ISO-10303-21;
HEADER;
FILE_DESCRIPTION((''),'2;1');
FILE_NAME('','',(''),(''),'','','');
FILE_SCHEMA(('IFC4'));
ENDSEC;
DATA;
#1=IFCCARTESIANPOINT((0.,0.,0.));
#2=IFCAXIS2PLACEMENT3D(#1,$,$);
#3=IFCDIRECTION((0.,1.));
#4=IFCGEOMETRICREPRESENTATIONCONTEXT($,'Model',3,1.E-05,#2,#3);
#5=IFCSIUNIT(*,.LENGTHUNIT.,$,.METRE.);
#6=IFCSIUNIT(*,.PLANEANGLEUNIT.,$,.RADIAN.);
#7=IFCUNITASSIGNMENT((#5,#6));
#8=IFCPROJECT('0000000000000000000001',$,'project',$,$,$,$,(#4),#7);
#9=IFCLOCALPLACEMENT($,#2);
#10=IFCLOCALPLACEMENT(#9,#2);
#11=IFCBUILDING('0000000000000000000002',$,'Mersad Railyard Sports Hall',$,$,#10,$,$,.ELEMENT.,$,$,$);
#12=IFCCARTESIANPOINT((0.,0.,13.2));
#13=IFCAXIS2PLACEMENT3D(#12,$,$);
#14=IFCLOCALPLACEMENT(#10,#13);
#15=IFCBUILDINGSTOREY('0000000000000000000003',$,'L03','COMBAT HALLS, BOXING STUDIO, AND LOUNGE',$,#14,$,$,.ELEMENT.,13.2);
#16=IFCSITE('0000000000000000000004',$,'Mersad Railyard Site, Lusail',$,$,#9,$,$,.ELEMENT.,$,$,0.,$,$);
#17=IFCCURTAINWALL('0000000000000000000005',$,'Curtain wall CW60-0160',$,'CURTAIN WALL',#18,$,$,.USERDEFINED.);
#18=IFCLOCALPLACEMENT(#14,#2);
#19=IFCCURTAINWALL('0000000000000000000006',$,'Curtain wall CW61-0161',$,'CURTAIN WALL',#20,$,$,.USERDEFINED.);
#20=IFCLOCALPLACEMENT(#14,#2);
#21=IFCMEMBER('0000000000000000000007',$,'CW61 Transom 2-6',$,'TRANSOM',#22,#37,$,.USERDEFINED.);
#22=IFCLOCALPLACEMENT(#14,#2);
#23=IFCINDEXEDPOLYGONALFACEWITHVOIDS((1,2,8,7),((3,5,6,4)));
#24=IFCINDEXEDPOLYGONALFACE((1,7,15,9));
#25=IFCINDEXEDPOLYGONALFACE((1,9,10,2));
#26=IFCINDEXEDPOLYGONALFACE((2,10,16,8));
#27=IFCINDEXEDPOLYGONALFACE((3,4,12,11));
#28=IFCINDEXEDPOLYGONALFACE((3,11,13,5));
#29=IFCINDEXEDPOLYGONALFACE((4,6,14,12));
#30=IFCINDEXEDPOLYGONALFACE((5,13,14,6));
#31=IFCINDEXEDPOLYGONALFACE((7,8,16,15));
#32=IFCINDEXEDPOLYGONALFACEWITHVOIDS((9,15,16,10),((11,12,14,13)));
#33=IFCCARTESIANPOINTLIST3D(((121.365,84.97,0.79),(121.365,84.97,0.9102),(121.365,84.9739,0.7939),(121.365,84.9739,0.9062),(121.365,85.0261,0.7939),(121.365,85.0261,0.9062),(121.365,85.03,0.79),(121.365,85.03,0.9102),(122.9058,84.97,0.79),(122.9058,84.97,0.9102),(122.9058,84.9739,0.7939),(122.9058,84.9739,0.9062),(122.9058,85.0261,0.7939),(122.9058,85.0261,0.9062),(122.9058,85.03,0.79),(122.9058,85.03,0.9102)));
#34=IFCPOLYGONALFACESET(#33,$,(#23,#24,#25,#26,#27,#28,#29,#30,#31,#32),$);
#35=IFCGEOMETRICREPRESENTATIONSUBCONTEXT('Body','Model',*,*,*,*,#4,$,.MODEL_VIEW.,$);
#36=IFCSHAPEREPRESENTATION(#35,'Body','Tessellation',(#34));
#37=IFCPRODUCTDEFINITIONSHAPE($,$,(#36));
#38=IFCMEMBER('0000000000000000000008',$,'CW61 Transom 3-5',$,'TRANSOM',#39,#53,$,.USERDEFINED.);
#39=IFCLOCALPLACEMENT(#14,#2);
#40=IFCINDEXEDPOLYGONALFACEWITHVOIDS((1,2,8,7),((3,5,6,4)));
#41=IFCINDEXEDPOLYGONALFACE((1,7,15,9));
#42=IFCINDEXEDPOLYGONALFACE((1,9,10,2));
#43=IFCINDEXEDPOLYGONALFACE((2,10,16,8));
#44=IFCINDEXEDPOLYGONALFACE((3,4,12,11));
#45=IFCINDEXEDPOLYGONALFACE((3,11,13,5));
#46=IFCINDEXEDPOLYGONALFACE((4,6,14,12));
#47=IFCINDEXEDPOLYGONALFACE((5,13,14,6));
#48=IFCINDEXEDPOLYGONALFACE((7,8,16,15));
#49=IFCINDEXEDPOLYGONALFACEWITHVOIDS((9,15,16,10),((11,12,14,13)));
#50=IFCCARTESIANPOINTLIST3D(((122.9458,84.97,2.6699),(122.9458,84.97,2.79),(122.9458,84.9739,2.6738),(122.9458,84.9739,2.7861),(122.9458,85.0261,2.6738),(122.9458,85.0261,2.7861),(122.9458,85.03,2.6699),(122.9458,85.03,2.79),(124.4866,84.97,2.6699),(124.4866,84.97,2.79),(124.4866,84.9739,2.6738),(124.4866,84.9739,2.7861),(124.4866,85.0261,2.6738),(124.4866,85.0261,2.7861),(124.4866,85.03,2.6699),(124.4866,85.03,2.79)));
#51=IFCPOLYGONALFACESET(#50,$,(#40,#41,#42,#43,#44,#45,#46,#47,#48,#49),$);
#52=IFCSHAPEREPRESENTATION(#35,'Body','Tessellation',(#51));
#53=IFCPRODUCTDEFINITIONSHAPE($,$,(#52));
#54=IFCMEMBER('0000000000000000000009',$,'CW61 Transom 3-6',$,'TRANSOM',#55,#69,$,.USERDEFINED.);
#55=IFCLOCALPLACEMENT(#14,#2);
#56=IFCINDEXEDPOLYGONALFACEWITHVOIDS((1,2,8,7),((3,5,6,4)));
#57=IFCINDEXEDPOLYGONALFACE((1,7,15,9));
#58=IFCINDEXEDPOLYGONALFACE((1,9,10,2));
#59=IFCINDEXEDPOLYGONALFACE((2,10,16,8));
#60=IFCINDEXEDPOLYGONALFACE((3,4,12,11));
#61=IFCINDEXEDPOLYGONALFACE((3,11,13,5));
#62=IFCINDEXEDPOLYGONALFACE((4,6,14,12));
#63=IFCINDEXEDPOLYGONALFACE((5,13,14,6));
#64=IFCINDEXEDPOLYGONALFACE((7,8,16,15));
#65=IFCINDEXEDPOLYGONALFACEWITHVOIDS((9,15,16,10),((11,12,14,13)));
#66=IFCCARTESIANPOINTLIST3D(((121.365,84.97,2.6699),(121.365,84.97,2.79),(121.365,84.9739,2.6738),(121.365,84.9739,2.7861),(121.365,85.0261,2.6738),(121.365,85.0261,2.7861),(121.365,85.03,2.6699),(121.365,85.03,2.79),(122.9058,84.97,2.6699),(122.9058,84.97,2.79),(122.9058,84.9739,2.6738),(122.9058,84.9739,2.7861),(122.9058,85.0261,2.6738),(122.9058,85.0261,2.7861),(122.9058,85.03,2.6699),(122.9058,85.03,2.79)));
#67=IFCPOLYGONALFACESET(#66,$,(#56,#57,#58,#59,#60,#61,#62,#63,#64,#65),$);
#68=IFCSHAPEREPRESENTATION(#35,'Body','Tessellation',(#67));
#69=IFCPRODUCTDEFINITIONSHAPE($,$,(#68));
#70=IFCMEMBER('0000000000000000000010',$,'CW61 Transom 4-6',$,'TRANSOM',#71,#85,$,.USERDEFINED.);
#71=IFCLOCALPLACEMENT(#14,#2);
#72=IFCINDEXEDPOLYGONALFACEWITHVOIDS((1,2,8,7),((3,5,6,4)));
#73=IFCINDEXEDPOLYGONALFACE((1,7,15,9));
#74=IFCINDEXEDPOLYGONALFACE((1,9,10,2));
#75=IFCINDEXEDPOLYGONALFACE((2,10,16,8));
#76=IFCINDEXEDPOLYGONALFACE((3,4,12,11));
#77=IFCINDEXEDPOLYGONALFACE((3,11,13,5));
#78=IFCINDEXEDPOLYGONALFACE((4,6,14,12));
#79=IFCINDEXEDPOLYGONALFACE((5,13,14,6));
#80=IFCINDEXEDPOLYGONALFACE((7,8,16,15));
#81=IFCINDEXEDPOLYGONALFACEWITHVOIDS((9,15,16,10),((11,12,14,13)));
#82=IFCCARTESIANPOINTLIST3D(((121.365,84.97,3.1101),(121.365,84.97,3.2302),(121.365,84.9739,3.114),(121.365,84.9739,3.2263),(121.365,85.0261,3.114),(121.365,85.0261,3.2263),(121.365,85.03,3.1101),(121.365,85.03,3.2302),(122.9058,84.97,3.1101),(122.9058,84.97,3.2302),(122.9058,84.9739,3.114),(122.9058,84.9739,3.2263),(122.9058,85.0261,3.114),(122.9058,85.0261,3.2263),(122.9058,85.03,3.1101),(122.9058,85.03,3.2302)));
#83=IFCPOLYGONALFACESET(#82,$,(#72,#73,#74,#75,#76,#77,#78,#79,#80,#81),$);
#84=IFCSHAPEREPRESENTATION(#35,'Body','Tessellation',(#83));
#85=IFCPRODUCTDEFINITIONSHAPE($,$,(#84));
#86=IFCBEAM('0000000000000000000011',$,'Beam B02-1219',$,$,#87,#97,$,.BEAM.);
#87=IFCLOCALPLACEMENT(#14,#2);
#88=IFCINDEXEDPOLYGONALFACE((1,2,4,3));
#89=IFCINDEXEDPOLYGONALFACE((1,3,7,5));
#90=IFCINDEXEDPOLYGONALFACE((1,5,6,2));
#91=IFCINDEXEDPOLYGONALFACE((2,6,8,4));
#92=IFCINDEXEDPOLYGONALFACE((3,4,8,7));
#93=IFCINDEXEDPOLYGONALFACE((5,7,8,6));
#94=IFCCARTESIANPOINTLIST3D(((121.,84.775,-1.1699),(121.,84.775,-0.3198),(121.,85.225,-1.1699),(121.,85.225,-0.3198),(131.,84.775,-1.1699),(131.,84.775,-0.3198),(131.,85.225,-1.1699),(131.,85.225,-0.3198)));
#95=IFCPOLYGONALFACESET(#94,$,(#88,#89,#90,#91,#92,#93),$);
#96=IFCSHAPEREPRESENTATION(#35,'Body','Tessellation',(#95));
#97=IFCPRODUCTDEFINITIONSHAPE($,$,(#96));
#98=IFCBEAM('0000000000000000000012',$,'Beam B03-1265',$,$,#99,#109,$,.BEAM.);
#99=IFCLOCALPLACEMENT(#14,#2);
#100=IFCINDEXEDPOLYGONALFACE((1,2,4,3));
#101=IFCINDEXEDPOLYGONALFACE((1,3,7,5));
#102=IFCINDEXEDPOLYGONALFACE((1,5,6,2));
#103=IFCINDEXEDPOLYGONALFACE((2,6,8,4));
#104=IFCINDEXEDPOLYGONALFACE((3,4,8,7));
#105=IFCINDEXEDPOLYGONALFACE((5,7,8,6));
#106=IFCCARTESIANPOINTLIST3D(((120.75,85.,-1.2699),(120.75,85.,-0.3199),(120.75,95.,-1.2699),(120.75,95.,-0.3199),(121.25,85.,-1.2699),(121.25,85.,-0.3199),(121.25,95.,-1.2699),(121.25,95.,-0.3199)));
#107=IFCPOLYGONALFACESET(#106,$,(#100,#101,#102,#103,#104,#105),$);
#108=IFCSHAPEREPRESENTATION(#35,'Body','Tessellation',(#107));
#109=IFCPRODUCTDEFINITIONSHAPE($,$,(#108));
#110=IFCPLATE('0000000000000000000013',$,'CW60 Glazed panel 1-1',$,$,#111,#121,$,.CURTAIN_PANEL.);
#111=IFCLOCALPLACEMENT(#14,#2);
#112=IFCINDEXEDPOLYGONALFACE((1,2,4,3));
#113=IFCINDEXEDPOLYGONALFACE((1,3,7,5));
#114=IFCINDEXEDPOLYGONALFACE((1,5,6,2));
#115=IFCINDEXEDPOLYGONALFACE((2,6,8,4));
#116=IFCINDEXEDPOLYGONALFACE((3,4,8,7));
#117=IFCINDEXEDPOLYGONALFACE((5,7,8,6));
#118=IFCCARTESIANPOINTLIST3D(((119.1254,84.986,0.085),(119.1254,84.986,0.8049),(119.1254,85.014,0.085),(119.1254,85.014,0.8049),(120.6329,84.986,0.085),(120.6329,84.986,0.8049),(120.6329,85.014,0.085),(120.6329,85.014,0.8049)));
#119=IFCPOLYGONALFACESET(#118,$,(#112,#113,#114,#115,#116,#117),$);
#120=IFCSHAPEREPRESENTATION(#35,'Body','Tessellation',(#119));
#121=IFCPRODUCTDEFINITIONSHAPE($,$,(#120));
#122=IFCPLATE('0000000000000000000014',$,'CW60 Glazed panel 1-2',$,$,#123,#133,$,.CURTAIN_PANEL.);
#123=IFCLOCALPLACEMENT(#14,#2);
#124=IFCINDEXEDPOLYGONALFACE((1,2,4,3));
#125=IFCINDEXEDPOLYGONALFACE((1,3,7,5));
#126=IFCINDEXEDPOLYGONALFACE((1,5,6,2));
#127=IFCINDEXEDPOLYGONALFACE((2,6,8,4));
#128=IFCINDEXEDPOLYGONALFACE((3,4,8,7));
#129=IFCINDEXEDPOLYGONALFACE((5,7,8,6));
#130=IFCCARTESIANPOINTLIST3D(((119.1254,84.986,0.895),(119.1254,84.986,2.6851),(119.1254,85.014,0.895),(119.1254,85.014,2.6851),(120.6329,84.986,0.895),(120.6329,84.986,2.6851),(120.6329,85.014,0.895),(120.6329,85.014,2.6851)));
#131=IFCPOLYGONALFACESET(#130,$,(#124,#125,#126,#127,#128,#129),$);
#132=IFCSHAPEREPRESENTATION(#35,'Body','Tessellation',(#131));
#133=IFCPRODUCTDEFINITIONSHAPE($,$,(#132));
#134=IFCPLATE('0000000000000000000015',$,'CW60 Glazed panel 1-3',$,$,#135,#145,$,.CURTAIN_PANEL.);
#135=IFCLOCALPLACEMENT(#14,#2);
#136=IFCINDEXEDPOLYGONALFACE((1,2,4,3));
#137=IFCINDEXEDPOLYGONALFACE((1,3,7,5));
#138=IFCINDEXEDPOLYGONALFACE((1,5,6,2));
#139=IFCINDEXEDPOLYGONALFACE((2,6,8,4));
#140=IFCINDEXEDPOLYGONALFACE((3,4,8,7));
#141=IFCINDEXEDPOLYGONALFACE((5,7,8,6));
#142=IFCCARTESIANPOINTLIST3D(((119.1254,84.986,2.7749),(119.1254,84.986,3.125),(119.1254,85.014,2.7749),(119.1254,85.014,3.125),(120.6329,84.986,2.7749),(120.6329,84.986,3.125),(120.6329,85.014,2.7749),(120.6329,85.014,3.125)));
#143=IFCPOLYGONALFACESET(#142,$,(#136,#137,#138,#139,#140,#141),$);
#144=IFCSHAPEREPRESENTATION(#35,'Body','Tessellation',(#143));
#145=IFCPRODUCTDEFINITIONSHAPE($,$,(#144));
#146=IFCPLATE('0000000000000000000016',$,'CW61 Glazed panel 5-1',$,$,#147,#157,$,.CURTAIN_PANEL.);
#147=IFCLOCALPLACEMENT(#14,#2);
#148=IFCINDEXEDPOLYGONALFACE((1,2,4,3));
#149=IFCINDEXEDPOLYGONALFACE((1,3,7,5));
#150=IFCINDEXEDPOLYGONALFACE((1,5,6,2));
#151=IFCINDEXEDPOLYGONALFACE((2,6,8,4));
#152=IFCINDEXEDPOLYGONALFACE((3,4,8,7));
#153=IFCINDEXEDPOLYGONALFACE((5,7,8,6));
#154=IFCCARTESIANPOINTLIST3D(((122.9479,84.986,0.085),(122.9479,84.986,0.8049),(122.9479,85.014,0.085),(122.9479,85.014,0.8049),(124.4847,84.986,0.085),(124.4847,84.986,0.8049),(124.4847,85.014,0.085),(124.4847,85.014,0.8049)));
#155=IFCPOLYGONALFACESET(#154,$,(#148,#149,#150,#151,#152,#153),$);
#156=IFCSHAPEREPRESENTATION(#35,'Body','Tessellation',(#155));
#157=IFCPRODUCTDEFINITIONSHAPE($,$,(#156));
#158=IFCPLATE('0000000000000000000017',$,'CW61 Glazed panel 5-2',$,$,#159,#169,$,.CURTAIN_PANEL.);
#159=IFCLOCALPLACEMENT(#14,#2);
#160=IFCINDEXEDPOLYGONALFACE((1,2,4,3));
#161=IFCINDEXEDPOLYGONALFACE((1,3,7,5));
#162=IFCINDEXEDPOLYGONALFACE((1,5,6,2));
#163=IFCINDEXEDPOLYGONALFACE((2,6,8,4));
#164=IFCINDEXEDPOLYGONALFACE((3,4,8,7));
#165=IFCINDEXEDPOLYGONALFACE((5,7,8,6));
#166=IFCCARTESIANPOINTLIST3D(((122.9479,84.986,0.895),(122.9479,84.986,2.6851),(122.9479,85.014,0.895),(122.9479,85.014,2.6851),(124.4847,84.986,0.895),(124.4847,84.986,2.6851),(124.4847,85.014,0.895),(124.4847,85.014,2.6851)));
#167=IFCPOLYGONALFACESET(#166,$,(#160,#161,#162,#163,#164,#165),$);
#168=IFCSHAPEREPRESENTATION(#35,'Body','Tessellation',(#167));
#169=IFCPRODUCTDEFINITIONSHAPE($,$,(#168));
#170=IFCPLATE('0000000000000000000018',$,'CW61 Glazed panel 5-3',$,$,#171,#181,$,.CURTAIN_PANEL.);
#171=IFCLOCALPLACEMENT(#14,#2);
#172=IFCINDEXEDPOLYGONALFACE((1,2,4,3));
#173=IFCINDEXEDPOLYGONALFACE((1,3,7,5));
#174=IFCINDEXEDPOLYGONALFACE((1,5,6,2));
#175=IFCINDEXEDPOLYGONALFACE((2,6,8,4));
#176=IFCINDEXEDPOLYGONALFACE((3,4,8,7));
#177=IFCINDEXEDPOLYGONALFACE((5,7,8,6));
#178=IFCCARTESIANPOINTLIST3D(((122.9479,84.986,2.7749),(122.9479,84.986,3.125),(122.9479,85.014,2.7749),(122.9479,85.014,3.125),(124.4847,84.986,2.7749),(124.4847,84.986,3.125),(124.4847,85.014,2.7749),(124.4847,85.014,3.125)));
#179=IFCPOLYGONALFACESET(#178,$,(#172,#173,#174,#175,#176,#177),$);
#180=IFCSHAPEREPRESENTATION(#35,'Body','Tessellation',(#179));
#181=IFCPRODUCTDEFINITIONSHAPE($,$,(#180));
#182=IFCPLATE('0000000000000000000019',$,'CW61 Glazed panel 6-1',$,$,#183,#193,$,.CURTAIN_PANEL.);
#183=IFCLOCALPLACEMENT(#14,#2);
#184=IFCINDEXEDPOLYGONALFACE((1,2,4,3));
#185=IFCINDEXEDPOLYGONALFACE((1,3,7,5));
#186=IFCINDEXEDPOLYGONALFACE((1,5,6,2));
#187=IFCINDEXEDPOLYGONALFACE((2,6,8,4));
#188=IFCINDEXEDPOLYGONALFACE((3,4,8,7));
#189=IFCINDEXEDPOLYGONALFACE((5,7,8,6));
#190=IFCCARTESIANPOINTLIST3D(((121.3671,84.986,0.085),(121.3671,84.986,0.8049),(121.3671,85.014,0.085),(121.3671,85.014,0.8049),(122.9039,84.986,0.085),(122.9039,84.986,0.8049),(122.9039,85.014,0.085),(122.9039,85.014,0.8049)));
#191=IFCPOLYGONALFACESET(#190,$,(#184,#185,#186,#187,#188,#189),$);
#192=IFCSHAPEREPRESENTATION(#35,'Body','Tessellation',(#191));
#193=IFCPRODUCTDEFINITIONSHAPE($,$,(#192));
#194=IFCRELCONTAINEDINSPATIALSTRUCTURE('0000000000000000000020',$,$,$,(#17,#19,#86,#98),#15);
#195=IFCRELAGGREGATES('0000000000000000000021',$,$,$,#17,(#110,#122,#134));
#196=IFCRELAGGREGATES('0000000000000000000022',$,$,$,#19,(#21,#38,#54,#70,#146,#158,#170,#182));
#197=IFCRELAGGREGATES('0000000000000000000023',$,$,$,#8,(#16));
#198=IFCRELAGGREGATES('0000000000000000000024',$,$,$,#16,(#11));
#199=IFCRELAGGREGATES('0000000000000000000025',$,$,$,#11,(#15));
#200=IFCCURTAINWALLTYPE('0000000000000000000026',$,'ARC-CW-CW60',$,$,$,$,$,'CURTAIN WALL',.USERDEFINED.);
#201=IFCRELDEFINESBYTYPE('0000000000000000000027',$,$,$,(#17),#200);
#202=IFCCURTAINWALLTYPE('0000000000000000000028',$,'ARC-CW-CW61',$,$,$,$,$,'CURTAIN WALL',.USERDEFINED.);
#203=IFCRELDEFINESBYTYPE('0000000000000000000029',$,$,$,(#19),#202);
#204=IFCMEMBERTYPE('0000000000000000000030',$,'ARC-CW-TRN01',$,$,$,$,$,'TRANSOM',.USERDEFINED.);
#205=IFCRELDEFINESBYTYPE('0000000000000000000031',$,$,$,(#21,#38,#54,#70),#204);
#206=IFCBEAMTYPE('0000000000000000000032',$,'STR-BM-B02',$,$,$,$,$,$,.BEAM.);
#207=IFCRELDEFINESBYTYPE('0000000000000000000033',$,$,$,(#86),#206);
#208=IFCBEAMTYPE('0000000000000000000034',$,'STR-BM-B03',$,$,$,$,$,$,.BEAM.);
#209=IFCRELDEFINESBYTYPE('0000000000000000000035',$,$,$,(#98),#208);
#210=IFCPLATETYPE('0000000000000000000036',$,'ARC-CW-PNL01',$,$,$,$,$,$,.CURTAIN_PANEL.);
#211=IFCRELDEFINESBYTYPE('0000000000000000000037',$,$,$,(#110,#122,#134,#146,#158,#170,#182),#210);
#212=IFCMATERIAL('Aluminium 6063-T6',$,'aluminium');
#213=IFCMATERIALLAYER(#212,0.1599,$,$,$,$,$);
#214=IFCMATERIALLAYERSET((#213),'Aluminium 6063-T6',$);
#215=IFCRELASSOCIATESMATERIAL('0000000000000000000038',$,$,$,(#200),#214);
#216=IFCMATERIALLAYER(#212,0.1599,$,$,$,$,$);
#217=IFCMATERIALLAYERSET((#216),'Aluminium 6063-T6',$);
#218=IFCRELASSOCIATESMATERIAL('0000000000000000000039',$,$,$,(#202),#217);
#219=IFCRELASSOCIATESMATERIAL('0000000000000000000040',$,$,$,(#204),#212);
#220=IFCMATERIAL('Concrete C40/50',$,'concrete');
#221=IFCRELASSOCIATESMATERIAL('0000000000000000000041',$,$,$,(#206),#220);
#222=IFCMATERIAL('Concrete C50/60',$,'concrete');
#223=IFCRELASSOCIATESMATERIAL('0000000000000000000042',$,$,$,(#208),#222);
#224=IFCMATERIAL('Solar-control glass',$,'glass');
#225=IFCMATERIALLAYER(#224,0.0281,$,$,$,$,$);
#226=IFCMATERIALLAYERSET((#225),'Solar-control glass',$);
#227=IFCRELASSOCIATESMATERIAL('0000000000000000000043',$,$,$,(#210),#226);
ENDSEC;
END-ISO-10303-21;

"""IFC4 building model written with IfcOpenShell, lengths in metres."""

from ifc_helpers import new_model, si_unit, direction, frame, origin, origin_2d, place, context, subcontext, project, spatial, rectangle, hollow_rectangle, extrude, material, layer, layer_set, material_profile, profile_set, type_object, element, aggregate, save


model = new_model("IFC4")

# Units and contexts
model_context = context("Model", 3, precision=1e-05, world=origin(), true_north=direction((0.0, 1.0)))
body_context = subcontext(model_context, "Body", "Model", "MODEL_VIEW")
ifc_project = project(units=[si_unit("LENGTHUNIT", "METRE"), si_unit("PLANEANGLEUNIT", "RADIAN")], contexts=[model_context])

# Site, building, storey
site_placement = place(None, origin())
site = spatial("IfcSite", under=ifc_project, at=site_placement, Name="Mersad Railyard Site, Lusail", CompositionType="ELEMENT", RefElevation=0.0)
building_placement = place(site_placement, origin())
building = spatial("IfcBuilding", under=site, at=building_placement, Name="Mersad Railyard Sports Hall", CompositionType="ELEMENT")
storey_placement = place(building_placement, frame((0.0, 0.0, 13.2)))
storey = spatial("IfcBuildingStorey", under=building, at=storey_placement, Name="L03", Description="COMBAT HALLS, BOXING STUDIO, AND LOUNGE", CompositionType="ELEMENT", Elevation=13.2)

# Shared definitions
ifc_material_1 = material(Name="Concrete C40/50", Category="concrete")

# Curtain wall
ifc_material_2 = material(Name="Aluminium 6063-T6", Category="aluminium")
ifc_layer_1 = layer(ifc_material_2, 0.1599)
ifc_layer_set_1 = layer_set([ifc_layer_1], Name="Aluminium 6063-T6")
curtain_wall_type_1 = type_object("IfcCurtainWallType", Name="ARC-CW-CW60", ElementType="CURTAIN WALL", PredefinedType="USERDEFINED", material=ifc_layer_set_1)
curtain_wall_1_placement = place(storey_placement, origin())
curtain_wall_1 = element("IfcCurtainWall", 1, at=curtain_wall_1_placement, inside=storey, type_object=curtain_wall_type_1, Name="Curtain wall CW60-0160", ObjectType="CURTAIN WALL", PredefinedType="USERDEFINED")

# Curtain wall
ifc_layer_2 = layer(ifc_material_2, 0.1599)
ifc_layer_set_2 = layer_set([ifc_layer_2], Name="Aluminium 6063-T6")
curtain_wall_type_2 = type_object("IfcCurtainWallType", Name="ARC-CW-CW61", ElementType="CURTAIN WALL", PredefinedType="USERDEFINED", material=ifc_layer_set_2)
curtain_wall_2_placement = place(storey_placement, origin())
curtain_wall_2 = element("IfcCurtainWall", 2, at=curtain_wall_2_placement, inside=storey, type_object=curtain_wall_type_2, Name="Curtain wall CW61-0161", ObjectType="CURTAIN WALL", PredefinedType="USERDEFINED")

# Members
ifc_material_profile_1 = material_profile(ifc_material_2, hollow_rectangle(XDim=0.0601, YDim=0.1201, WallThickness=0.0039, at=origin_2d()), Name="AL TRANSOM 60x120x4")
ifc_profile_set_1 = profile_set([ifc_material_profile_1], Name="Aluminium 6063-T6")
member_type_1 = type_object("IfcMemberType", Name="ARC-CW-TRN01", ElementType="TRANSOM", PredefinedType="USERDEFINED", material=ifc_profile_set_1)
member_1_placement = place(storey_placement, frame((122.9058, 85.0, 0.8501), z_axis=(-1.0, 0.0, 0.0), x_axis=(0.0, -1.0, 0.0)))
member_1 = element("IfcMember", 3, at=member_1_placement, type_object=member_type_1, Name="CW61 Transom 2-6", ObjectType="TRANSOM", PredefinedType="USERDEFINED", context=body_context, shape_type="SweptSolid", body=[
    extrude(hollow_rectangle(XDim=0.0601, YDim=0.1201, WallThickness=0.0039, at=origin_2d()), origin(), (0.0, 0.0, 1.0), 1.5408),
])
member_2_placement = place(storey_placement, frame((124.4866, 85.0, 2.73), z_axis=(-1.0, 0.0, 0.0), x_axis=(0.0, -1.0, 0.0)))
member_2 = element("IfcMember", 4, at=member_2_placement, type_object=member_type_1, Name="CW61 Transom 3-5", ObjectType="TRANSOM", PredefinedType="USERDEFINED", context=body_context, shape_type="SweptSolid", body=[
    extrude(hollow_rectangle(XDim=0.0601, YDim=0.1201, WallThickness=0.0039, at=origin_2d()), origin(), (0.0, 0.0, 1.0), 1.5408),
])
member_3_placement = place(storey_placement, frame((122.9058, 85.0, 2.73), z_axis=(-1.0, 0.0, 0.0), x_axis=(0.0, -1.0, 0.0)))
member_3 = element("IfcMember", 5, at=member_3_placement, type_object=member_type_1, Name="CW61 Transom 3-6", ObjectType="TRANSOM", PredefinedType="USERDEFINED", context=body_context, shape_type="SweptSolid", body=[
    extrude(hollow_rectangle(XDim=0.0601, YDim=0.1201, WallThickness=0.0039, at=origin_2d()), origin(), (0.0, 0.0, 1.0), 1.5408),
])
member_4_placement = place(storey_placement, frame((122.9058, 85.0, 3.1702), z_axis=(-1.0, 0.0, 0.0), x_axis=(0.0, -1.0, 0.0)))
member_4 = element("IfcMember", 6, at=member_4_placement, type_object=member_type_1, Name="CW61 Transom 4-6", ObjectType="TRANSOM", PredefinedType="USERDEFINED", context=body_context, shape_type="SweptSolid", body=[
    extrude(hollow_rectangle(XDim=0.0601, YDim=0.1201, WallThickness=0.0039, at=origin_2d()), origin(), (0.0, 0.0, 1.0), 1.5408),
])

# Beams
ifc_material_profile_2 = material_profile(ifc_material_1, rectangle(XDim=0.45, YDim=0.8501, at=origin_2d()), Name="RC 450x850")
ifc_profile_set_2 = profile_set([ifc_material_profile_2], Name="Concrete C40/50")
beam_type_1 = type_object("IfcBeamType", Name="STR-BM-B02", PredefinedType="BEAM", material=ifc_profile_set_2)
beam_1_placement = place(storey_placement, frame((121.0, 85.0, -0.7449), z_axis=(1.0, 0.0, 0.0), x_axis=(0.0, 1.0, 0.0)))
element("IfcBeam", 7, at=beam_1_placement, inside=storey, type_object=beam_type_1, Name="Beam B02-1219", PredefinedType="BEAM", context=body_context, shape_type="SweptSolid", body=[
    extrude(rectangle(XDim=0.45, YDim=0.8501, at=origin_2d()), origin(), (0.0, 0.0, 1.0), 10.0),
])
ifc_material_3 = material(Name="Concrete C50/60", Category="concrete")
ifc_material_profile_3 = material_profile(ifc_material_3, rectangle(XDim=0.5, YDim=0.95, at=origin_2d()), Name="RC 500x950")
ifc_profile_set_3 = profile_set([ifc_material_profile_3], Name="Concrete C50/60")
beam_type_2 = type_object("IfcBeamType", Name="STR-BM-B03", PredefinedType="BEAM", material=ifc_profile_set_3)
beam_2_placement = place(storey_placement, frame((121.0, 85.0, -0.7949), z_axis=(0.0, 1.0, 0.0), x_axis=(-1.0, 0.0, 0.0)))
element("IfcBeam", 8, at=beam_2_placement, inside=storey, type_object=beam_type_2, Name="Beam B03-1265", PredefinedType="BEAM", context=body_context, shape_type="SweptSolid", body=[
    extrude(rectangle(XDim=0.5, YDim=0.95, at=origin_2d()), origin(), (0.0, 0.0, 1.0), 10.0),
])

# Plates
ifc_material_4 = material(Name="Solar-control glass", Category="glass")
ifc_layer_3 = layer(ifc_material_4, 0.0281)
ifc_layer_set_3 = layer_set([ifc_layer_3], Name="Solar-control glass")
plate_type = type_object("IfcPlateType", Name="ARC-CW-PNL01", PredefinedType="CURTAIN_PANEL", material=ifc_layer_set_3)
plate_1_placement = place(storey_placement, frame((119.8792, 85.0, 0.085), z_axis=(0.0, 0.0, 1.0), x_axis=(-1.0, 0.0, 0.0)))
plate_1 = element("IfcPlate", 9, at=plate_1_placement, type_object=plate_type, Name="CW60 Glazed panel 1-1", PredefinedType="CURTAIN_PANEL", context=body_context, shape_type="SweptSolid", body=[
    extrude(rectangle(XDim=1.5076, YDim=0.0281, at=origin_2d()), origin(), (0.0, 0.0, 1.0), 0.72),
])
plate_2_placement = place(storey_placement, frame((119.8792, 85.0, 0.895), z_axis=(0.0, 0.0, 1.0), x_axis=(-1.0, 0.0, 0.0)))
plate_2 = element("IfcPlate", 10, at=plate_2_placement, type_object=plate_type, Name="CW60 Glazed panel 1-2", PredefinedType="CURTAIN_PANEL", context=body_context, shape_type="SweptSolid", body=[
    extrude(rectangle(XDim=1.5076, YDim=0.0281, at=origin_2d()), origin(), (0.0, 0.0, 1.0), 1.79),
])
plate_3_placement = place(storey_placement, frame((119.8792, 85.0, 2.7749), z_axis=(0.0, 0.0, 1.0), x_axis=(-1.0, 0.0, 0.0)))
plate_3 = element("IfcPlate", 11, at=plate_3_placement, type_object=plate_type, Name="CW60 Glazed panel 1-3", PredefinedType="CURTAIN_PANEL", context=body_context, shape_type="SweptSolid", body=[
    extrude(rectangle(XDim=1.5076, YDim=0.0281, at=origin_2d()), origin(), (0.0, 0.0, 1.0), 0.3501),
])
aggregate(curtain_wall_1, [plate_1, plate_2, plate_3])
plate_4_placement = place(storey_placement, frame((123.7163, 85.0, 0.085), z_axis=(0.0, 0.0, 1.0), x_axis=(-1.0, 0.0, 0.0)))
plate_4 = element("IfcPlate", 12, at=plate_4_placement, type_object=plate_type, Name="CW61 Glazed panel 5-1", PredefinedType="CURTAIN_PANEL", context=body_context, shape_type="SweptSolid", body=[
    extrude(rectangle(XDim=1.5369, YDim=0.0281, at=origin_2d()), origin(), (0.0, 0.0, 1.0), 0.72),
])
plate_5_placement = place(storey_placement, frame((123.7163, 85.0, 0.895), z_axis=(0.0, 0.0, 1.0), x_axis=(-1.0, 0.0, 0.0)))
plate_5 = element("IfcPlate", 13, at=plate_5_placement, type_object=plate_type, Name="CW61 Glazed panel 5-2", PredefinedType="CURTAIN_PANEL", context=body_context, shape_type="SweptSolid", body=[
    extrude(rectangle(XDim=1.5369, YDim=0.0281, at=origin_2d()), origin(), (0.0, 0.0, 1.0), 1.79),
])
plate_6_placement = place(storey_placement, frame((123.7163, 85.0, 2.7749), z_axis=(0.0, 0.0, 1.0), x_axis=(-1.0, 0.0, 0.0)))
plate_6 = element("IfcPlate", 14, at=plate_6_placement, type_object=plate_type, Name="CW61 Glazed panel 5-3", PredefinedType="CURTAIN_PANEL", context=body_context, shape_type="SweptSolid", body=[
    extrude(rectangle(XDim=1.5369, YDim=0.0281, at=origin_2d()), origin(), (0.0, 0.0, 1.0), 0.3501),
])
plate_7_placement = place(storey_placement, frame((122.1355, 85.0, 0.085), z_axis=(0.0, 0.0, 1.0), x_axis=(-1.0, 0.0, 0.0)))
plate_7 = element("IfcPlate", 15, at=plate_7_placement, type_object=plate_type, Name="CW61 Glazed panel 6-1", PredefinedType="CURTAIN_PANEL", context=body_context, shape_type="SweptSolid", body=[
    extrude(rectangle(XDim=1.5369, YDim=0.0281, at=origin_2d()), origin(), (0.0, 0.0, 1.0), 0.72),
])
aggregate(curtain_wall_2, [member_1, member_2, member_3, member_4, plate_4, plate_5, plate_6, plate_7])

save(model, "model.ifc")
